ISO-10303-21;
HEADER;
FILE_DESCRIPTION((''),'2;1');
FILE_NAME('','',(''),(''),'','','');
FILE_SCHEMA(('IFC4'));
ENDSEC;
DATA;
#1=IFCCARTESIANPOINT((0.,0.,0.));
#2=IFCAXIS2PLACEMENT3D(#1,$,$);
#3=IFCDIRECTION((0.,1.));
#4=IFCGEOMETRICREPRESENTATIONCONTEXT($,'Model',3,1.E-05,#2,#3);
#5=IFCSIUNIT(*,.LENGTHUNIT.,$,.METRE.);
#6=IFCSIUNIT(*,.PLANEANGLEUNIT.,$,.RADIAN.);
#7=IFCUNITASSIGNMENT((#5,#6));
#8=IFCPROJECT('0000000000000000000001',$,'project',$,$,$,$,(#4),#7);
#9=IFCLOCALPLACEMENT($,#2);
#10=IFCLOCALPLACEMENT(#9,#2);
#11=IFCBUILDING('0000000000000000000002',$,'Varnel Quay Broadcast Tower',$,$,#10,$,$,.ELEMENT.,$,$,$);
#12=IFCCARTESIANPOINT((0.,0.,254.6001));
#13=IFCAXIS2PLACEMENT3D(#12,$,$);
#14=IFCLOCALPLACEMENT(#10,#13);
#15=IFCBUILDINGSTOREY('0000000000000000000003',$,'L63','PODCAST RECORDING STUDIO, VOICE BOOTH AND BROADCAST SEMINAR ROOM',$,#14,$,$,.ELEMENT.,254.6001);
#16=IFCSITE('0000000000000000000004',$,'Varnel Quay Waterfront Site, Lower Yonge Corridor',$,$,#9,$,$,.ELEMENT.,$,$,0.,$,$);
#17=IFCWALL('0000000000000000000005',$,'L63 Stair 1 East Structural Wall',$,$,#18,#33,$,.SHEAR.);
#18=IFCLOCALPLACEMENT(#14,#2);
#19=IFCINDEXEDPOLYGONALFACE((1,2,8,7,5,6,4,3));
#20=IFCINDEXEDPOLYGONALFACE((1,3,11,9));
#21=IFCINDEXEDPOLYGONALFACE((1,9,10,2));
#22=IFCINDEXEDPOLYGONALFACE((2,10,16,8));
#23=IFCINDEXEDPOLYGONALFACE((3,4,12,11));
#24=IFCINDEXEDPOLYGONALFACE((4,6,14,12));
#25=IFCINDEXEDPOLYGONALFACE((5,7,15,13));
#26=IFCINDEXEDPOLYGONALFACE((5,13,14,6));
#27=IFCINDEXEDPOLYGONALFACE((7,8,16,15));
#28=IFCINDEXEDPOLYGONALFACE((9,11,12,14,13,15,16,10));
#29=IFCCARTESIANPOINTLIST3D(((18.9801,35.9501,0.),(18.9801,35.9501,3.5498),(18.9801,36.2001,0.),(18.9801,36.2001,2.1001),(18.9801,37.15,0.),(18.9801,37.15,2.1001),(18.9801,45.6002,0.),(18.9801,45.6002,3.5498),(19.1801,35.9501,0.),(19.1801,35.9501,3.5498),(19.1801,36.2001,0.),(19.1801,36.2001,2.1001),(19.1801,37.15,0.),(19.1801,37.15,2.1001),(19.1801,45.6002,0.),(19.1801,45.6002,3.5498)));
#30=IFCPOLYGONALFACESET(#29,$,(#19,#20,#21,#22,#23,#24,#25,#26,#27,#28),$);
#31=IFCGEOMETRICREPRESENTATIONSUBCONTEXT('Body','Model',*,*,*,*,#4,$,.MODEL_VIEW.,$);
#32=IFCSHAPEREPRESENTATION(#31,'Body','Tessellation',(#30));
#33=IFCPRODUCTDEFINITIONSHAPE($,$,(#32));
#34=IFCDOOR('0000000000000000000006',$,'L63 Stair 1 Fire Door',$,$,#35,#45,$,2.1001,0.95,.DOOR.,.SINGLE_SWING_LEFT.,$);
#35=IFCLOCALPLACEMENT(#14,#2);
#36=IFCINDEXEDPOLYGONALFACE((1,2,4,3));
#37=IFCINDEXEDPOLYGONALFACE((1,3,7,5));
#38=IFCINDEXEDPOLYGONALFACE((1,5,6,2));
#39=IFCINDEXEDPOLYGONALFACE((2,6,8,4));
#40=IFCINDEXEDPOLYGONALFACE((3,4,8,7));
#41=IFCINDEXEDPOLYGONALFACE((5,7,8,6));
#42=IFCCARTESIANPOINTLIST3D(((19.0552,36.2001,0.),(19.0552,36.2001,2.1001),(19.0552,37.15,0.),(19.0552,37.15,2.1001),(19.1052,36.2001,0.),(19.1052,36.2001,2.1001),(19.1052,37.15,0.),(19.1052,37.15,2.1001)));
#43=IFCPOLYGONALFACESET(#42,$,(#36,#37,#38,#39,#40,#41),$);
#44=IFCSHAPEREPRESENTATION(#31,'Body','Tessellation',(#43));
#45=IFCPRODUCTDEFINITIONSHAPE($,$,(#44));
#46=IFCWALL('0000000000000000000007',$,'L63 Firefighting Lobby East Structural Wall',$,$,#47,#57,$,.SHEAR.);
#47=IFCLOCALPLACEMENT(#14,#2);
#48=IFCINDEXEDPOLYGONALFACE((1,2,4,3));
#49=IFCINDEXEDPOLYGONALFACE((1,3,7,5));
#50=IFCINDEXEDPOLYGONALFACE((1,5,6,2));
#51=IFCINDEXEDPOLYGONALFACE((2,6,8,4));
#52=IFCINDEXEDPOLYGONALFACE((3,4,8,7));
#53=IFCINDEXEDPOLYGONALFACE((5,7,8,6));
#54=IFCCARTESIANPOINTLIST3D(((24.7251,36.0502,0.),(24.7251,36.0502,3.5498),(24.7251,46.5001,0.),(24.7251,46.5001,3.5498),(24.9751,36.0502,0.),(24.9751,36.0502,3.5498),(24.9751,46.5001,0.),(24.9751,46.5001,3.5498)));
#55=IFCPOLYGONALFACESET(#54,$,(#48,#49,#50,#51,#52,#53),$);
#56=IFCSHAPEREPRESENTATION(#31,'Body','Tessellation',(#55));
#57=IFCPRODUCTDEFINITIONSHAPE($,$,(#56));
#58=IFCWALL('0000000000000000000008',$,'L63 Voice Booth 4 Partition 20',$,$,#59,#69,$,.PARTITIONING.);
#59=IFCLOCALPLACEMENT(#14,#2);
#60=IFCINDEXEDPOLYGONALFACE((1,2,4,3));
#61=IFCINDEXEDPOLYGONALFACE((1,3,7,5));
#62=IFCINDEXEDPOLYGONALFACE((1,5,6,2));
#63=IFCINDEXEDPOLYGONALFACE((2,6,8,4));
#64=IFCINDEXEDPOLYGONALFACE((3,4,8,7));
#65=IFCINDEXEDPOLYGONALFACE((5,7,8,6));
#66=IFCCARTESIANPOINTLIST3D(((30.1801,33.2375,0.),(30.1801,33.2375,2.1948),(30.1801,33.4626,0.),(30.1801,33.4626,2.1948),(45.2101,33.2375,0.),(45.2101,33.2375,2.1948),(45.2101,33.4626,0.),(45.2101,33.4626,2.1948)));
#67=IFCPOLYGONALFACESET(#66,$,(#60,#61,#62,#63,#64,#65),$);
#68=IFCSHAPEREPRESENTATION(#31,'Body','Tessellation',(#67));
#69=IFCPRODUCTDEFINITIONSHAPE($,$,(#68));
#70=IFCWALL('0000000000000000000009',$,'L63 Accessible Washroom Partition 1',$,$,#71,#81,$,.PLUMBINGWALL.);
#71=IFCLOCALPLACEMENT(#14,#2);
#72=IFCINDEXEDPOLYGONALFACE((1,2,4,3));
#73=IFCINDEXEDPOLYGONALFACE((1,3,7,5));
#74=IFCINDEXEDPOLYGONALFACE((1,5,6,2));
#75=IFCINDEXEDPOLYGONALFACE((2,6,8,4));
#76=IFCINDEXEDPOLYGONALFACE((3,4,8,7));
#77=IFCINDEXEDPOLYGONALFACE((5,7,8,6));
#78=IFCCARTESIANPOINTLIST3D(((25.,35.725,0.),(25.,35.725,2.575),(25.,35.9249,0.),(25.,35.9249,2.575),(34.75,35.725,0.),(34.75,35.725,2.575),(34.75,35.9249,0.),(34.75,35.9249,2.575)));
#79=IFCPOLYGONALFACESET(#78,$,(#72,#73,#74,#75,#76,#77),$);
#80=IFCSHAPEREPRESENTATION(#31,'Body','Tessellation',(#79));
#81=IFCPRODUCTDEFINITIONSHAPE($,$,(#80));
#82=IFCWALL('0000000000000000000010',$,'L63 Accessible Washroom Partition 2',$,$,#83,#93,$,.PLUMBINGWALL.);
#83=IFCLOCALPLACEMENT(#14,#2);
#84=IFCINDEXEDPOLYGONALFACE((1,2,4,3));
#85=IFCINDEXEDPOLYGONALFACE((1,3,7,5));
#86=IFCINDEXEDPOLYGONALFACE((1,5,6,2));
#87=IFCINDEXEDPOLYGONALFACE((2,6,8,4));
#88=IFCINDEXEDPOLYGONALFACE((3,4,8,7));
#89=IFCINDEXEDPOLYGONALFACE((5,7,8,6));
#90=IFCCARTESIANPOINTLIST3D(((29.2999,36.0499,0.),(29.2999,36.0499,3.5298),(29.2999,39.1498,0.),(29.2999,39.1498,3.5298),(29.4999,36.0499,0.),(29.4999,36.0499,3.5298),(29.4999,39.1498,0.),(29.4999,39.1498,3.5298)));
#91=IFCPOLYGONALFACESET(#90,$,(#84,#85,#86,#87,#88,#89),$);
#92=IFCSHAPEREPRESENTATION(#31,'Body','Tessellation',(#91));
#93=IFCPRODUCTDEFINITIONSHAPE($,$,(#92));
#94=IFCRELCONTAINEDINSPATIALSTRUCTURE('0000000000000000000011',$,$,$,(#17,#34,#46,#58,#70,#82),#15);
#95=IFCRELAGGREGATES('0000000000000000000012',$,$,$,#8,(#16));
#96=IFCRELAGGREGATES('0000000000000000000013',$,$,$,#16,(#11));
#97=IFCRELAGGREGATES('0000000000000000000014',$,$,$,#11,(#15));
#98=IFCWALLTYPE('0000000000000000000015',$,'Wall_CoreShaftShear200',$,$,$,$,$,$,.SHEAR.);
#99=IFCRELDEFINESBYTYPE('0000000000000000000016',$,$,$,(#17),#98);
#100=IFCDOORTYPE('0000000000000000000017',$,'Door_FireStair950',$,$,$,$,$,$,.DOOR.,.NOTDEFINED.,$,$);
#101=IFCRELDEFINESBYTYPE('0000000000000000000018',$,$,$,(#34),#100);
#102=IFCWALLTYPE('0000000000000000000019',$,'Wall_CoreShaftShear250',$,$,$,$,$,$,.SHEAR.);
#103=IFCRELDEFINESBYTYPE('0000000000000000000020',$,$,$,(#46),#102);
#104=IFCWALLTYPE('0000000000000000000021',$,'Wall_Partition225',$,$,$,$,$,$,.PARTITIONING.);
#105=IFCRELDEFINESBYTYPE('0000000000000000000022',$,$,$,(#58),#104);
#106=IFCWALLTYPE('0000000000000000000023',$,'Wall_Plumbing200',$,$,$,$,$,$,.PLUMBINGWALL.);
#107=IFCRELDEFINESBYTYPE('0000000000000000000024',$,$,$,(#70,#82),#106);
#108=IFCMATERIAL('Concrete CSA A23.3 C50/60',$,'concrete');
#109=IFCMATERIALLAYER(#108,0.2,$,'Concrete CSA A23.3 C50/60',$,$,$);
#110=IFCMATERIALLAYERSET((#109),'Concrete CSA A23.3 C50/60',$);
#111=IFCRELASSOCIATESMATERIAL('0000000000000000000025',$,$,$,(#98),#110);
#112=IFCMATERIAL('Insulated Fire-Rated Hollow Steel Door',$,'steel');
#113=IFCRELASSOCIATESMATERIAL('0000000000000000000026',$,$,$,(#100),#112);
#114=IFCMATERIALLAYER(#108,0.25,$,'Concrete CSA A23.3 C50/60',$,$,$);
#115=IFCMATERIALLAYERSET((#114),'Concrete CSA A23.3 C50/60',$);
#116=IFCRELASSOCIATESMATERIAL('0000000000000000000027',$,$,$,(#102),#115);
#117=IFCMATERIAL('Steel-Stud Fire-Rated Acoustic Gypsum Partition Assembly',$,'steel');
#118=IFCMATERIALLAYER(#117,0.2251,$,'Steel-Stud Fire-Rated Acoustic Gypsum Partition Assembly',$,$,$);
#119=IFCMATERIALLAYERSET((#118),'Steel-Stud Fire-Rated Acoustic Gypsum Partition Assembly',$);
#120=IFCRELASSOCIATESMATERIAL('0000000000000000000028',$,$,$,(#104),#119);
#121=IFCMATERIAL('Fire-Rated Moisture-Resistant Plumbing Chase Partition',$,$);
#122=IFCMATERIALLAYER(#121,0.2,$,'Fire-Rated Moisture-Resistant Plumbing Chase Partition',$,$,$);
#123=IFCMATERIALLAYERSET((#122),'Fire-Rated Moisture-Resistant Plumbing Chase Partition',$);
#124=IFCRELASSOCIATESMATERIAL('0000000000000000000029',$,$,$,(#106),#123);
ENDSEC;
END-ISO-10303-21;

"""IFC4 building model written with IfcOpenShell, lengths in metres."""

from ifc_helpers import new_model, si_unit, direction, frame, frame_2d, origin, place, context, subcontext, project, spatial, rectangle, extrude, source, transform, mapped, material, layer, layer_set, type_object, type_shapes, element, fill, save


model = new_model("IFC4")

# Units and contexts
model_context = context("Model", 3, precision=1e-05, world=origin(), true_north=direction((0.0, 1.0)))
body_context = subcontext(model_context, "Body", "Model", "MODEL_VIEW")
ifc_project = project(units=[si_unit("LENGTHUNIT", "METRE"), si_unit("PLANEANGLEUNIT", "RADIAN")], contexts=[model_context])

# Site, building, storey
site_placement = place(None, origin())
site = spatial("IfcSite", under=ifc_project, at=site_placement, Name="Varnel Quay Waterfront Site, Lower Yonge Corridor", CompositionType="ELEMENT", RefElevation=0.0)
building_placement = place(site_placement, origin())
building = spatial("IfcBuilding", under=site, at=building_placement, Name="Varnel Quay Broadcast Tower", CompositionType="ELEMENT")
storey_placement = place(building_placement, frame((0.0, 0.0, 254.6001)))
storey = spatial("IfcBuildingStorey", under=building, at=storey_placement, Name="L63", Description="PODCAST RECORDING STUDIO, VOICE BOOTH AND BROADCAST SEMINAR ROOM", CompositionType="ELEMENT", Elevation=254.6001)

# Shared definitions
ifc_material_1 = material(Name="Concrete CSA A23.3 C50/60", Category="concrete")

# Wall, opening, door
ifc_layer_1 = layer(ifc_material_1, 0.2, Name="Concrete CSA A23.3 C50/60")
ifc_layer_set_1 = layer_set([ifc_layer_1], Name="Concrete CSA A23.3 C50/60")
wall_type_1 = type_object("IfcWallType", Name="Wall_CoreShaftShear200", PredefinedType="SHEAR", material=ifc_layer_set_1)
wall_1_placement = place(storey_placement, frame((19.0801, 35.95, 0.0), z_axis=(0.0, 0.0, 1.0), x_axis=(0.0, 1.0, 0.0)))
wall_1 = element("IfcWall", 1, at=wall_1_placement, inside=storey, type_object=wall_type_1, Name="L63 Stair 1 East Structural Wall", PredefinedType="SHEAR", context=body_context, shape_type="SweptSolid", body=[
    extrude(rectangle(XDim=9.6501, YDim=0.2, at=frame_2d((4.8252, 0.0))), origin(), (0.0, 0.0, 1.0), 3.5498),
])
opening_1_placement = place(wall_1_placement, frame((0.25, 0.0, 0.0)))
opening_1 = element("IfcOpeningElement", 2, at=opening_1_placement, cuts=wall_1, PredefinedType="OPENING", context=body_context, shape_type="SweptSolid", body=[
    extrude(rectangle(XDim=0.95, YDim=2.1001, at=frame_2d((0.4751, 1.05))), frame((0.0, 0.1099, 0.0), z_axis=(0.0, -1.0, 0.0), x_axis=(1.0, 0.0, 0.0)), (0.0, 0.0, 1.0), 0.22),
])
ifc_material_2 = material(Name="Insulated Fire-Rated Hollow Steel Door", Category="steel")
door_type_1 = type_object("IfcDoorType", Name="Door_FireStair950", OperationType="NOTDEFINED", PredefinedType="DOOR", material=ifc_material_2)
shared_shape_1 = source(origin(), body_context, "Body", "SweptSolid", [
    extrude(rectangle(XDim=0.95, YDim=2.1001, at=frame_2d((0.4751, 1.05))), frame((0.0, 0.0249, 0.0), z_axis=(0.0, -1.0, 0.0), x_axis=(1.0, 0.0, 0.0)), (0.0, 0.0, 1.0), 0.05),
])
type_shapes(door_type_1, [shared_shape_1])
door_1_placement = place(opening_1_placement, origin())
door_1 = element("IfcDoor", 3, at=door_1_placement, inside=storey, type_object=door_type_1, Name="L63 Stair 1 Fire Door", OperationType="SINGLE_SWING_LEFT", OverallHeight=2.1001, OverallWidth=0.95, PredefinedType="DOOR", context=body_context, shape_type="MappedRepresentation", body=[
    mapped(shared_shape_1, transform((0.0, 0.0, 0.0), x_axis=(1.0, 0.0, 0.0), y_axis=(0.0, 1.0, 0.0), z_axis=(0.0, 0.0, 1.0), scale=1.0)),
])
fill(opening_1, door_1)

# Wall
ifc_layer_2 = layer(ifc_material_1, 0.25, Name="Concrete CSA A23.3 C50/60")
ifc_layer_set_2 = layer_set([ifc_layer_2], Name="Concrete CSA A23.3 C50/60")
wall_type_2 = type_object("IfcWallType", Name="Wall_CoreShaftShear250", PredefinedType="SHEAR", material=ifc_layer_set_2)
wall_2_placement = place(storey_placement, frame((24.8501, 36.05, 0.0), z_axis=(0.0, 0.0, 1.0), x_axis=(0.0, 1.0, 0.0)))
element("IfcWall", 4, at=wall_2_placement, inside=storey, type_object=wall_type_2, Name="L63 Firefighting Lobby East Structural Wall", PredefinedType="SHEAR", context=body_context, shape_type="SweptSolid", body=[
    extrude(rectangle(XDim=10.45, YDim=0.25, at=frame_2d((5.2251, 0.0))), origin(), (0.0, 0.0, 1.0), 3.5498),
])

# Shared definitions
ifc_material_3 = material(Name="Steel-Stud Fire-Rated Acoustic Gypsum Partition Assembly", Category="steel")
ifc_layer_3 = layer(ifc_material_3, 0.2251, Name="Steel-Stud Fire-Rated Acoustic Gypsum Partition Assembly")
ifc_layer_set_3 = layer_set([ifc_layer_3], Name="Steel-Stud Fire-Rated Acoustic Gypsum Partition Assembly")
wall_type_3 = type_object("IfcWallType", Name="Wall_Partition225", PredefinedType="PARTITIONING", material=ifc_layer_set_3)

# Walls
wall_3_placement = place(storey_placement, frame((30.1799, 33.3501, 0.0), z_axis=(0.0, 0.0, 1.0), x_axis=(1.0, 0.0, 0.0)))
element("IfcWall", 5, at=wall_3_placement, inside=storey, type_object=wall_type_3, Name="L63 Voice Booth 4 Partition 20", PredefinedType="PARTITIONING", context=body_context, shape_type="SweptSolid", body=[
    extrude(rectangle(XDim=15.03, YDim=0.2251, at=frame_2d((7.5151, 0.0))), origin(), (0.0, 0.0, 1.0), 2.1948),
])
ifc_material_4 = material(Name="Fire-Rated Moisture-Resistant Plumbing Chase Partition")
ifc_layer_4 = layer(ifc_material_4, 0.2, Name="Fire-Rated Moisture-Resistant Plumbing Chase Partition")
ifc_layer_set_4 = layer_set([ifc_layer_4], Name="Fire-Rated Moisture-Resistant Plumbing Chase Partition")
wall_type_4 = type_object("IfcWallType", Name="Wall_Plumbing200", PredefinedType="PLUMBINGWALL", material=ifc_layer_set_4)
wall_4_placement = place(storey_placement, frame((25.0, 35.825, 0.0), z_axis=(0.0, 0.0, 1.0), x_axis=(1.0, 0.0, 0.0)))
element("IfcWall", 6, at=wall_4_placement, inside=storey, type_object=wall_type_4, Name="L63 Accessible Washroom Partition 1", PredefinedType="PLUMBINGWALL", context=body_context, shape_type="SweptSolid", body=[
    extrude(rectangle(XDim=9.75, YDim=0.2, at=frame_2d((4.875, 0.0))), origin(), (0.0, 0.0, 1.0), 2.575),
])
wall_5_placement = place(storey_placement, frame((29.3999, 36.05, 0.0), z_axis=(0.0, 0.0, 1.0), x_axis=(0.0, 1.0, 0.0)))
element("IfcWall", 7, at=wall_5_placement, inside=storey, type_object=wall_type_4, Name="L63 Accessible Washroom Partition 2", PredefinedType="PLUMBINGWALL", context=body_context, shape_type="SweptSolid", body=[
    extrude(rectangle(XDim=3.0999, YDim=0.2, at=frame_2d((1.5498, 0.0))), origin(), (0.0, 0.0, 1.0), 3.5298),
])

save(model, "model.ifc")
